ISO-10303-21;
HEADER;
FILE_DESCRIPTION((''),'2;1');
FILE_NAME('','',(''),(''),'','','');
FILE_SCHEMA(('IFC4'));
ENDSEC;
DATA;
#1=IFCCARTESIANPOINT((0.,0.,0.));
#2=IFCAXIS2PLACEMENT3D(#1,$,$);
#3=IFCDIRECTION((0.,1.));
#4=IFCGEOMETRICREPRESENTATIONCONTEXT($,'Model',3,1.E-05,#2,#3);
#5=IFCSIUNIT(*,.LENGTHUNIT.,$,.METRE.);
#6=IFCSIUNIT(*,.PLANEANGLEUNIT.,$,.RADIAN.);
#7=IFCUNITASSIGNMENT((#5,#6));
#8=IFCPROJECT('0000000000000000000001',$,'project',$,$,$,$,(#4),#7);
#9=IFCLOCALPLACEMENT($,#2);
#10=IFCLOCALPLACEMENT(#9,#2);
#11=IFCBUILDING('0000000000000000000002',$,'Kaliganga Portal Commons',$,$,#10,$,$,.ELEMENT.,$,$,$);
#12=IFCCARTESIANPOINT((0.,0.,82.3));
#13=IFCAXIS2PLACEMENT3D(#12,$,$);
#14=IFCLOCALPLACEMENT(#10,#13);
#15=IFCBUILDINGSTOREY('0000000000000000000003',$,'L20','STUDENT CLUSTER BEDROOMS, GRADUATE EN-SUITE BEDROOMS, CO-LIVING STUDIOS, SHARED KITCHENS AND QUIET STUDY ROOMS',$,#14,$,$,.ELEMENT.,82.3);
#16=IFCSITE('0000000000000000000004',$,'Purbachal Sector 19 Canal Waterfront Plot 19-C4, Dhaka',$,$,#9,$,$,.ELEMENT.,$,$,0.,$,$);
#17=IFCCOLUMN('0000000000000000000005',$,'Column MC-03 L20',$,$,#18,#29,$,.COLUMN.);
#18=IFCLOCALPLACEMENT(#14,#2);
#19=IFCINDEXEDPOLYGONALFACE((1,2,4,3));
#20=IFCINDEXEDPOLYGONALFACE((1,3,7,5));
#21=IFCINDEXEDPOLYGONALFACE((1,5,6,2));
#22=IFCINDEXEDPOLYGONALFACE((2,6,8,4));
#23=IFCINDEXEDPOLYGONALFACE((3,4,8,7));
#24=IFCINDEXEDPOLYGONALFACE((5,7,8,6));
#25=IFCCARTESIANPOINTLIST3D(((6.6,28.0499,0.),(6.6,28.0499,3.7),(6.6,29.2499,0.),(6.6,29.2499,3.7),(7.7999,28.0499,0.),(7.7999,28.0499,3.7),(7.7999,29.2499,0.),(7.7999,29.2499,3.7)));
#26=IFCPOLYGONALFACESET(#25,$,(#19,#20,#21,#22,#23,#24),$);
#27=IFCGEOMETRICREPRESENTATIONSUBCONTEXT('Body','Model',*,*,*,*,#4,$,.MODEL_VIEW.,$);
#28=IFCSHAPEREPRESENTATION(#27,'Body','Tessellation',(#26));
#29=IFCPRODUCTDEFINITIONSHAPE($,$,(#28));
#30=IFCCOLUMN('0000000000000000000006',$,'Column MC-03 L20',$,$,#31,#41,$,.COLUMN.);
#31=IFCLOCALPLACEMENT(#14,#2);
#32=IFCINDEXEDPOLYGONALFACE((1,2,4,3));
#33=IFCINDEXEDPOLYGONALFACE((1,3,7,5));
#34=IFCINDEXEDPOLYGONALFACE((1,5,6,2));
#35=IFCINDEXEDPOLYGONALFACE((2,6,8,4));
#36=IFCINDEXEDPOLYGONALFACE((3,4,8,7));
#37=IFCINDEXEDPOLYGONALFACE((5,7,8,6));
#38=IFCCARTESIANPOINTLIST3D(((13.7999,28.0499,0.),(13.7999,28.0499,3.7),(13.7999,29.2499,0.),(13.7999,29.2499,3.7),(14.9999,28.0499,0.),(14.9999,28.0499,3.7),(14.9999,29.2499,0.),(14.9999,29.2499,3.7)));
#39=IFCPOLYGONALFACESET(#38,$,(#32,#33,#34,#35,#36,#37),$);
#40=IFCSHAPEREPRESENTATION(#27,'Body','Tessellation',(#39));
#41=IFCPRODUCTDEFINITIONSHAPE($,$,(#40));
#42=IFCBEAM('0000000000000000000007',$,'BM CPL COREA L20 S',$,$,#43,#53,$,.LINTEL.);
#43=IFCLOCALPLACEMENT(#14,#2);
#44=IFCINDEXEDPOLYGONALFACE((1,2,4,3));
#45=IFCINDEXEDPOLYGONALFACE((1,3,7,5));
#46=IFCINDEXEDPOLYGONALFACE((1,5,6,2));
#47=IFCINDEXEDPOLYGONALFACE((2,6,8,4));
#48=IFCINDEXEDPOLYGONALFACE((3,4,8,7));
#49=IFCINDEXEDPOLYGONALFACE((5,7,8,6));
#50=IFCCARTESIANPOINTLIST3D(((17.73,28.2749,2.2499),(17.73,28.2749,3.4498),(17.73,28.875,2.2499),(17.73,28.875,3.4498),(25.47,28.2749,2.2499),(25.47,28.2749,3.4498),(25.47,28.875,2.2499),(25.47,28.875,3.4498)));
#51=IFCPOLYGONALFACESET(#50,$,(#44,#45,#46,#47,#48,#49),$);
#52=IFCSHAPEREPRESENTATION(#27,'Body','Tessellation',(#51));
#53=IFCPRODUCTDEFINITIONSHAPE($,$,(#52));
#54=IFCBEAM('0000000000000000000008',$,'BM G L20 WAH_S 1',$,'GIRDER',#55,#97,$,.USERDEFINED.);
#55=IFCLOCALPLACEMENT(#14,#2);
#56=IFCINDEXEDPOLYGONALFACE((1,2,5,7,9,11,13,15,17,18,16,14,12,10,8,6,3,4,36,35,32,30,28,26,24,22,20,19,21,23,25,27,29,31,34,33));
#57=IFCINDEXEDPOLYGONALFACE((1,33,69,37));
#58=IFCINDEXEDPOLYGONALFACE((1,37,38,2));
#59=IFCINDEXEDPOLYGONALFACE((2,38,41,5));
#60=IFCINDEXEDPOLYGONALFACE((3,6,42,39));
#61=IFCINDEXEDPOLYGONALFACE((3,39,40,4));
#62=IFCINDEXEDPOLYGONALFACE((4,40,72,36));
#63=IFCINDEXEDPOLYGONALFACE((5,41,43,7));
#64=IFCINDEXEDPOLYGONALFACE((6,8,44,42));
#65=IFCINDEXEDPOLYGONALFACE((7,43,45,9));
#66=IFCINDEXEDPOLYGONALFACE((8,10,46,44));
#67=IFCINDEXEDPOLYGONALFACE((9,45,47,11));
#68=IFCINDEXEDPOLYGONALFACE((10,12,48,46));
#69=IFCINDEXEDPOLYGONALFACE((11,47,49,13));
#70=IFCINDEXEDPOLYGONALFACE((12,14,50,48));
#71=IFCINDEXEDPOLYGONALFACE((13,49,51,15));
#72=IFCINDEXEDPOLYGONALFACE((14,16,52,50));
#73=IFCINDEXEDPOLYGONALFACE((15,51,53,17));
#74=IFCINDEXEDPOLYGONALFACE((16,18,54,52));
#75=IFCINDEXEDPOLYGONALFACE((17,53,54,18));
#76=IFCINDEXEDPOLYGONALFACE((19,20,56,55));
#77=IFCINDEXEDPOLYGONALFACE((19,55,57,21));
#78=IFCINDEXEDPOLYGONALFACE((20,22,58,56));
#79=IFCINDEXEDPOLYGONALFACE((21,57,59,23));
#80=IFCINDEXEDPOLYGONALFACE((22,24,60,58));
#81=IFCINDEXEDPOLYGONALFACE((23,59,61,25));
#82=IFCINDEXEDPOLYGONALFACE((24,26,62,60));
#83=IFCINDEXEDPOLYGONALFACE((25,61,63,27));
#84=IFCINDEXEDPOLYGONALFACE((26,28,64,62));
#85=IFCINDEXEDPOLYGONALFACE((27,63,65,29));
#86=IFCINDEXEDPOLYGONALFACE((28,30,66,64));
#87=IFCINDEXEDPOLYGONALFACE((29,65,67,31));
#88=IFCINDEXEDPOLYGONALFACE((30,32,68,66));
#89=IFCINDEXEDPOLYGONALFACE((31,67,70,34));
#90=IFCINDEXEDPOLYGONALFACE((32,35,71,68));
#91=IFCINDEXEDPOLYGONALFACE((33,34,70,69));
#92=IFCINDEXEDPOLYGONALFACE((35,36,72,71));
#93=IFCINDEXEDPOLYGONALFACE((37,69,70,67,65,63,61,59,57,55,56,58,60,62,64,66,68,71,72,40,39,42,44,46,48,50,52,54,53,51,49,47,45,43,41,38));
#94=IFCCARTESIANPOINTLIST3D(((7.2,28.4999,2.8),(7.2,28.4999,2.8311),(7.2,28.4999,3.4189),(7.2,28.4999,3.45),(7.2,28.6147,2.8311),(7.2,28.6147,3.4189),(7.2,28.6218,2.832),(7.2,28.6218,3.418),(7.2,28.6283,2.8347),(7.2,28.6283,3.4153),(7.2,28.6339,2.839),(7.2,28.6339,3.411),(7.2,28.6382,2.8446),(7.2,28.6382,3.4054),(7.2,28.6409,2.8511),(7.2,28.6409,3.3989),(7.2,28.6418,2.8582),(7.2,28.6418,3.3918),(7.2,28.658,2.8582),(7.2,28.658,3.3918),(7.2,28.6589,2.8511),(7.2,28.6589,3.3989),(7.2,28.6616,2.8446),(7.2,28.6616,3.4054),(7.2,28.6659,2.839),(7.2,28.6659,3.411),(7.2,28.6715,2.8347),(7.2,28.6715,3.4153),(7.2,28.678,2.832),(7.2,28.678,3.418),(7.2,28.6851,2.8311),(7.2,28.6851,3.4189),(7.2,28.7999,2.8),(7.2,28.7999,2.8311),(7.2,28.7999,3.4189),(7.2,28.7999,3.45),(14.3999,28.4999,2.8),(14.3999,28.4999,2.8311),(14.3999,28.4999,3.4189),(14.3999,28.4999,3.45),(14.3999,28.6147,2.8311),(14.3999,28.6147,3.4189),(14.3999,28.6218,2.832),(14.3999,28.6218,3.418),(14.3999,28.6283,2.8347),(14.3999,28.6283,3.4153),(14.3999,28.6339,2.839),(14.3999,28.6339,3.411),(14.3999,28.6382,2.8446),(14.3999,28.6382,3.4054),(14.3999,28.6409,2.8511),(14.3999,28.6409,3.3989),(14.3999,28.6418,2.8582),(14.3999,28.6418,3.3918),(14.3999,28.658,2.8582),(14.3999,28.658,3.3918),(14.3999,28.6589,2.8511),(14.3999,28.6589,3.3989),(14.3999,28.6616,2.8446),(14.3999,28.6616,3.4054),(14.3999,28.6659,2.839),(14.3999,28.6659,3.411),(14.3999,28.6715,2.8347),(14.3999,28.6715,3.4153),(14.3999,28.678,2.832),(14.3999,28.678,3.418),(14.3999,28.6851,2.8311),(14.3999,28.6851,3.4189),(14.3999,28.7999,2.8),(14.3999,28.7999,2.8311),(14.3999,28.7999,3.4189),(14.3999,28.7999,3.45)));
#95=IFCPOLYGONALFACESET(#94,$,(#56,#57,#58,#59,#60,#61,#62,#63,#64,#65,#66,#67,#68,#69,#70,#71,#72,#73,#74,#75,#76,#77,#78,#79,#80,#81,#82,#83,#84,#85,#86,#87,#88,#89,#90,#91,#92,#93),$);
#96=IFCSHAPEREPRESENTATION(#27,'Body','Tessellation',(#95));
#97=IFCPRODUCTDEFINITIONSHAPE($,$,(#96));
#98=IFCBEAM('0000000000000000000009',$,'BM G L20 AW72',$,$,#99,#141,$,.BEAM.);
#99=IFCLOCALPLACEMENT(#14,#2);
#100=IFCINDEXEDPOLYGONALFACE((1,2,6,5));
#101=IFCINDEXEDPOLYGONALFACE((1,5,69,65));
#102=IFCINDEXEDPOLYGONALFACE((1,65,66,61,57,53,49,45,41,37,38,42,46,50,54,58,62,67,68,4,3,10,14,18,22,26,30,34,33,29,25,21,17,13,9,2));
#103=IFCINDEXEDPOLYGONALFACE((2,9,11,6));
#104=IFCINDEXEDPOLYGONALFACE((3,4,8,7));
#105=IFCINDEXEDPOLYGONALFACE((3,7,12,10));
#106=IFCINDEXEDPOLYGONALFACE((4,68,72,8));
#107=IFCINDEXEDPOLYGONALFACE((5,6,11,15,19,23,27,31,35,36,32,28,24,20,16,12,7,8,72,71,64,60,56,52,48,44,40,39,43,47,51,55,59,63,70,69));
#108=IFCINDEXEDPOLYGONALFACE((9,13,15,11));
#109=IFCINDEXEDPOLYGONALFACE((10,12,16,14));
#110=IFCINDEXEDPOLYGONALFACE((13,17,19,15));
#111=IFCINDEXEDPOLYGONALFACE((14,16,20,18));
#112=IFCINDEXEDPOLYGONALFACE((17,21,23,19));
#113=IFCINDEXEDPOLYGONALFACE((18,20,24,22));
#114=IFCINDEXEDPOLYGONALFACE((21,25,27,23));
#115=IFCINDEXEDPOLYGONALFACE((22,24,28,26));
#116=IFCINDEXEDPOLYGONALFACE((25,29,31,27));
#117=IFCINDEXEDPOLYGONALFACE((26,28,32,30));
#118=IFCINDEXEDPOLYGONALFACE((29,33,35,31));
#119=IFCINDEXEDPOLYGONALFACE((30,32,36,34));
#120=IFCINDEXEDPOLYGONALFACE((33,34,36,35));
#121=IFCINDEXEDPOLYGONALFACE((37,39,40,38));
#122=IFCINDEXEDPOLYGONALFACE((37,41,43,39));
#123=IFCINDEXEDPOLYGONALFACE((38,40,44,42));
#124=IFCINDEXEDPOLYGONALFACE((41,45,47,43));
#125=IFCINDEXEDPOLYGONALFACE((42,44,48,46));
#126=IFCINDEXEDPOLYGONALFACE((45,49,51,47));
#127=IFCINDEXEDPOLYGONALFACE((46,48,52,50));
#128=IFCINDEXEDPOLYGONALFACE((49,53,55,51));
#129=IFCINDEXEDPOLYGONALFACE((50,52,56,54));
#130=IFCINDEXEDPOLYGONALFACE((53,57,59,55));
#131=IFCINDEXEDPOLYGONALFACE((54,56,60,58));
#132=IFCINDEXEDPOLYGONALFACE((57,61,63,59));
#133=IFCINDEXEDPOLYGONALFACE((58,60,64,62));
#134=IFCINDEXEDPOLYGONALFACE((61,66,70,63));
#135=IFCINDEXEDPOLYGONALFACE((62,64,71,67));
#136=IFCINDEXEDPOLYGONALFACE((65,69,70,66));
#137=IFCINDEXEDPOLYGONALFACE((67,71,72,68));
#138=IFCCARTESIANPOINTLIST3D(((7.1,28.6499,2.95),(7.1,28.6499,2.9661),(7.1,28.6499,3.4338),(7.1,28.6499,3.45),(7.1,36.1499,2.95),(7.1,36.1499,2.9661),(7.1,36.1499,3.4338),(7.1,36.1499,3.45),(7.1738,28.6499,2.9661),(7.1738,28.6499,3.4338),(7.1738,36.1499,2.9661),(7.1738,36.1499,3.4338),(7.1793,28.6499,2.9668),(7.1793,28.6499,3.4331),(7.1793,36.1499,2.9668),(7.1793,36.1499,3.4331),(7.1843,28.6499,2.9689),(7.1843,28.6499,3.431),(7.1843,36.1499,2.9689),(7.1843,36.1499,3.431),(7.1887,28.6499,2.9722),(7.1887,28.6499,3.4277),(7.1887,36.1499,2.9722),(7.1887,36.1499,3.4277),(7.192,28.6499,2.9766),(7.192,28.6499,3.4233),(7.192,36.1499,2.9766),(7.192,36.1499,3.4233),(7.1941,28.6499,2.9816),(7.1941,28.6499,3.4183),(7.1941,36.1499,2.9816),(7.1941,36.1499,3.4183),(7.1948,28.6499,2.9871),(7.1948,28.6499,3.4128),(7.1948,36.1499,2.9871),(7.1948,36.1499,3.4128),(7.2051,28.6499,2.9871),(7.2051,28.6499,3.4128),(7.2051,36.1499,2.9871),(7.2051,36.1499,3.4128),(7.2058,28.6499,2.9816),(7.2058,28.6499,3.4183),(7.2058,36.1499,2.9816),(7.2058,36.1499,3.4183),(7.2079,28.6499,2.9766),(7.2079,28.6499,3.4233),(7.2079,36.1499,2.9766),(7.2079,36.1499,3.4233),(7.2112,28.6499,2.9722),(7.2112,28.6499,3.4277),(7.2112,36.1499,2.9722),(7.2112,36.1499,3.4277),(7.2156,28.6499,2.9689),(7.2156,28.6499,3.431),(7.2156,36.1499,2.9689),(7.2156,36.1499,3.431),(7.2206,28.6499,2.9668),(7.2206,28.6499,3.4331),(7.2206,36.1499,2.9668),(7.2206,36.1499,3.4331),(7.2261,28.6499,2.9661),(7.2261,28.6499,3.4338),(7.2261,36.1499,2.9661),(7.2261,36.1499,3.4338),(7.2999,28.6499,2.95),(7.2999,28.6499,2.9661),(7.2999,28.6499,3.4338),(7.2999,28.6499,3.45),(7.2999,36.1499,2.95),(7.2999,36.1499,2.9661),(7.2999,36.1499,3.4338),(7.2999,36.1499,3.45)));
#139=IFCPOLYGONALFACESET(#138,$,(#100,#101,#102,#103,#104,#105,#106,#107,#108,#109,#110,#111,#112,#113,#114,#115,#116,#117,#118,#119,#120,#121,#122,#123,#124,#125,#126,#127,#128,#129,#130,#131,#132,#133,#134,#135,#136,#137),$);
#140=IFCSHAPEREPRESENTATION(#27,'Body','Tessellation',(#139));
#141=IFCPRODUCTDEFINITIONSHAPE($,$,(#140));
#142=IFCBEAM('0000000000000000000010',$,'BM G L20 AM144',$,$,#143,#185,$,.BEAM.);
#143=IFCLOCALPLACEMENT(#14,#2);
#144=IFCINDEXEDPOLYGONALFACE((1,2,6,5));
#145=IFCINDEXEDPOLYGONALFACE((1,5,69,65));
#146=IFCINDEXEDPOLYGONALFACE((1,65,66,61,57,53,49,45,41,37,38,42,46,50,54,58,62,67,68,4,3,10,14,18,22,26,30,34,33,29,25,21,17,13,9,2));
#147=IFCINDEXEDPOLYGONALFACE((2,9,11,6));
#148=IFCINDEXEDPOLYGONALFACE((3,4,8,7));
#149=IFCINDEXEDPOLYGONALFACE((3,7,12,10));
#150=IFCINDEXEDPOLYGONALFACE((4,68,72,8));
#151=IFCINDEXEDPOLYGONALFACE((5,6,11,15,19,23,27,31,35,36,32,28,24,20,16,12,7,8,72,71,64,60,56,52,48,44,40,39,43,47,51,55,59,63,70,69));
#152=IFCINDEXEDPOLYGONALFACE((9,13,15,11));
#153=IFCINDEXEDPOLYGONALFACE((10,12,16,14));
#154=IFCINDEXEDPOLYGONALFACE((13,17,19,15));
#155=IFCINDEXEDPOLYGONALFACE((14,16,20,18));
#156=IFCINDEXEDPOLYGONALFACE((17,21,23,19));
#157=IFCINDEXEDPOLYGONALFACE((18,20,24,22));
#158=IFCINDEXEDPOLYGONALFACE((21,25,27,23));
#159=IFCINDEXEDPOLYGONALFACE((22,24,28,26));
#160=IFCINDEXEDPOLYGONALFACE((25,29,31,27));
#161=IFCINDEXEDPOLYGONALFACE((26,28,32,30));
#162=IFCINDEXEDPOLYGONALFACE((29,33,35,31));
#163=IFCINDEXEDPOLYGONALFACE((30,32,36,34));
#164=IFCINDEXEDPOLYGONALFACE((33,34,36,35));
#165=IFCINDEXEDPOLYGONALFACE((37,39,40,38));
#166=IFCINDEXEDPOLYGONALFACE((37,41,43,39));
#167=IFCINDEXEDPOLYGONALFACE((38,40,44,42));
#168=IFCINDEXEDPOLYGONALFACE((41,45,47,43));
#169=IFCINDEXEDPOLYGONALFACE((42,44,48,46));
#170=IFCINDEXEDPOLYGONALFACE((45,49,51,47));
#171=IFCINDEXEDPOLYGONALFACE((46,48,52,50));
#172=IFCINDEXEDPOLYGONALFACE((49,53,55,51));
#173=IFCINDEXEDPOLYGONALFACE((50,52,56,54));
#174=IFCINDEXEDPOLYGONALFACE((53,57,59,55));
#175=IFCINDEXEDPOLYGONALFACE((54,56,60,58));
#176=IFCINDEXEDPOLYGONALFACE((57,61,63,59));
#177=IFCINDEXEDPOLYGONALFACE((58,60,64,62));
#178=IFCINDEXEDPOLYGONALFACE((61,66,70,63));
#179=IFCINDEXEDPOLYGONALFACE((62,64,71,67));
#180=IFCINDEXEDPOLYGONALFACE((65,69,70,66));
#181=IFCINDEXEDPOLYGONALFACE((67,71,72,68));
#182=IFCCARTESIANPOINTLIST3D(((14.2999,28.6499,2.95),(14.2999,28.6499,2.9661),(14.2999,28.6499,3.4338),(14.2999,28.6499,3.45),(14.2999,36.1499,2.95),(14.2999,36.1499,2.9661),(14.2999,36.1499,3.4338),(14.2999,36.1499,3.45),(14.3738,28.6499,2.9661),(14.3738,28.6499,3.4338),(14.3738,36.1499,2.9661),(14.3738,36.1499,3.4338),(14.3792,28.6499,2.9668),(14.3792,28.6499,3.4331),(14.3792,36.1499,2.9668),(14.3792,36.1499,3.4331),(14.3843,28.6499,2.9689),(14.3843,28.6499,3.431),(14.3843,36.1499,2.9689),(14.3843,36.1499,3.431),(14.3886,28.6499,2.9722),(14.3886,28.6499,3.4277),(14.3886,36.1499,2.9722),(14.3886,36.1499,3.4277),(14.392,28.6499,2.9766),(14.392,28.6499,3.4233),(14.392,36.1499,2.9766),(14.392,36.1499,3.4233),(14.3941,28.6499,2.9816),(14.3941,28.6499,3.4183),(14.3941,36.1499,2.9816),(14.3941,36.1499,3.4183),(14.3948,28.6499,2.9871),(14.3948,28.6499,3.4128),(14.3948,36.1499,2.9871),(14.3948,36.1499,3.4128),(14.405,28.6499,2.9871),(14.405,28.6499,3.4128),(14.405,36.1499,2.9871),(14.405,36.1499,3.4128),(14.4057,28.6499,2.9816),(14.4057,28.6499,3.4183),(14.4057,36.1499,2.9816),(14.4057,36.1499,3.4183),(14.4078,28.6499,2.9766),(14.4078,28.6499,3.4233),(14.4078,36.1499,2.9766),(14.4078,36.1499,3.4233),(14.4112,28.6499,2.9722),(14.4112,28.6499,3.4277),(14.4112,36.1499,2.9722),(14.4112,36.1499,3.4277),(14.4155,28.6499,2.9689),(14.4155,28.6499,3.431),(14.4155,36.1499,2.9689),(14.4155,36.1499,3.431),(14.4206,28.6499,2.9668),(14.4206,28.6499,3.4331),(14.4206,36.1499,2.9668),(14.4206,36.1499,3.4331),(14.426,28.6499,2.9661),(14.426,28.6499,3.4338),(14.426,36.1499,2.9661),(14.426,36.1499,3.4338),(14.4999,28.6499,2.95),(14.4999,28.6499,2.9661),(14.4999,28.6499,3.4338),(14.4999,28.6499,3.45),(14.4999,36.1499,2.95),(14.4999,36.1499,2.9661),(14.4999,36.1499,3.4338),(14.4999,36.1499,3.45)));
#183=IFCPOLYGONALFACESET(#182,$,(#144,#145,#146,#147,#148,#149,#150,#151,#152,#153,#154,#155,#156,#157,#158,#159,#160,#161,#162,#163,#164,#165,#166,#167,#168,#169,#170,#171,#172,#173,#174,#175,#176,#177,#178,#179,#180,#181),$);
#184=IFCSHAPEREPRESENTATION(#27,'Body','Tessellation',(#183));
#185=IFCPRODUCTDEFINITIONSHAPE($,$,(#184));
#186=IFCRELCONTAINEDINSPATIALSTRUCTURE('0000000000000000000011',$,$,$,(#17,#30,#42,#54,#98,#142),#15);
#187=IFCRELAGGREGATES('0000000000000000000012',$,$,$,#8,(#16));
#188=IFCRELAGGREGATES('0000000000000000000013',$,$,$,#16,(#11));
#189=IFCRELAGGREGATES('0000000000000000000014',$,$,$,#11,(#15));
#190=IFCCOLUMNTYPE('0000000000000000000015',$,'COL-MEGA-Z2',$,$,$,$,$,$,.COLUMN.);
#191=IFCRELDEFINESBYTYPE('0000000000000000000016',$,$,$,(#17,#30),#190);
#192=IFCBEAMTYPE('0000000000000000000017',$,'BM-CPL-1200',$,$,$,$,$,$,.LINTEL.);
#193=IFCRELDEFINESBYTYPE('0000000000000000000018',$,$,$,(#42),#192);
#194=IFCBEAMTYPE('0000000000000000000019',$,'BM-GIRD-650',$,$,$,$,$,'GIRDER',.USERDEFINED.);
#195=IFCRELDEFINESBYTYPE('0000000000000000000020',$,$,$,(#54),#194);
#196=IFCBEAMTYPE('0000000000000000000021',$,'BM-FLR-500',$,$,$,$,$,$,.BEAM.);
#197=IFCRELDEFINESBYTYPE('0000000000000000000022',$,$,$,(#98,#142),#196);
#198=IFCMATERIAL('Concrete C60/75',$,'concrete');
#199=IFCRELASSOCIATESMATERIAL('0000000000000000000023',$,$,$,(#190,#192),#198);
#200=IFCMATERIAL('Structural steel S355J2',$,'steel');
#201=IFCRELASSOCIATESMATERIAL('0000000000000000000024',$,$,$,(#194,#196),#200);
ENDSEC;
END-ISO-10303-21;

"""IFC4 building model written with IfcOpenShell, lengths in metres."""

from ifc_helpers import new_model, si_unit, direction, frame, origin, origin_2d, place, context, subcontext, project, spatial, rectangle, i_section, extrude, source, transform, mapped, material, material_profile, profile_set, type_object, element, save


model = new_model("IFC4")

# Units and contexts
model_context = context("Model", 3, precision=1e-05, world=origin(), true_north=direction((0.0, 1.0)))
body_context = subcontext(model_context, "Body", "Model", "MODEL_VIEW")
ifc_project = project(units=[si_unit("LENGTHUNIT", "METRE"), si_unit("PLANEANGLEUNIT", "RADIAN")], contexts=[model_context])

# Site, building, storey
site_placement = place(None, origin())
site = spatial("IfcSite", under=ifc_project, at=site_placement, Name="Purbachal Sector 19 Canal Waterfront Plot 19-C4, Dhaka", CompositionType="ELEMENT", RefElevation=0.0)
building_placement = place(site_placement, origin())
building = spatial("IfcBuilding", under=site, at=building_placement, Name="Kaliganga Portal Commons", CompositionType="ELEMENT")
storey_placement = place(building_placement, frame((0.0, 0.0, 82.3)))
storey = spatial("IfcBuildingStorey", under=building, at=storey_placement, Name="L20", Description="STUDENT CLUSTER BEDROOMS, GRADUATE EN-SUITE BEDROOMS, CO-LIVING STUDIOS, SHARED KITCHENS AND QUIET STUDY ROOMS", CompositionType="ELEMENT", Elevation=82.3)

# Columns
ifc_material_1 = material(Name="Concrete C60/75", Category="concrete")
ifc_material_profile_1 = material_profile(ifc_material_1, rectangle(XDim=1.2, YDim=1.2, at=origin_2d()), Name="RC 1200x1200")
ifc_profile_set_1 = profile_set([ifc_material_profile_1], Name="Concrete C60/75")
column_type = type_object("IfcColumnType", Name="COL-MEGA-Z2", PredefinedType="COLUMN", material=ifc_profile_set_1)
shared_shape_1 = source(origin(), body_context, "Body", "SweptSolid", [
    extrude(rectangle(XDim=1.2, YDim=1.2, at=origin_2d()), origin(), (0.0, 0.0, 1.0), 3.7),
])
for number, where, z_axis, x_axis, name in (
    (1, (7.2, 28.6499, 0.0), (0.0, 0.0, 1.0), (1.0, 0.0, 0.0), "Column MC-03 L20"),
    (2, (14.3999, 28.6499, 0.0), (0.0, 0.0, 1.0), (1.0, 0.0, 0.0), "Column MC-03 L20"),
):
    element("IfcColumn", number, at=place(storey_placement, frame(where, z_axis=z_axis, x_axis=x_axis)), inside=storey, type_object=column_type, Name=name, PredefinedType="COLUMN", context=body_context, shape_type="MappedRepresentation", body=[
        mapped(shared_shape_1, transform((0.0, 0.0, 0.0), x_axis=(1.0, 0.0, 0.0), y_axis=(0.0, 1.0, 0.0), z_axis=(0.0, 0.0, 1.0), scale=1.0)),
    ])

# Beams
ifc_material_profile_2 = material_profile(ifc_material_1, rectangle(XDim=0.6001, YDim=1.2, at=origin_2d()), Name="RC 600x1200")
ifc_profile_set_2 = profile_set([ifc_material_profile_2], Name="Concrete C60/75")
beam_type_1 = type_object("IfcBeamType", Name="BM-CPL-1200", PredefinedType="LINTEL", material=ifc_profile_set_2)
shared_shape_2 = source(origin(), body_context, "Body", "SweptSolid", [
    extrude(rectangle(XDim=0.6001, YDim=1.2, at=origin_2d()), origin(), (0.0, 0.0, 1.0), 7.74),
])
beam_1_placement = place(storey_placement, frame((17.73, 28.575, 2.8499), z_axis=(1.0, 0.0, 0.0), x_axis=(0.0, 1.0, 0.0)))
element("IfcBeam", 3, at=beam_1_placement, inside=storey, type_object=beam_type_1, Name="BM CPL COREA L20 S", PredefinedType="LINTEL", context=body_context, shape_type="MappedRepresentation", body=[
    mapped(shared_shape_2, transform((0.0, 0.0, 0.0), x_axis=(1.0, 0.0, 0.0), y_axis=(0.0, 1.0, 0.0), z_axis=(0.0, 0.0, 1.0), scale=1.0)),
])
ifc_material_2 = material(Name="Structural steel S355J2", Category="steel")
ifc_material_profile_3 = material_profile(ifc_material_2, i_section(OverallWidth=0.3, OverallDepth=0.6499, WebThickness=0.0161, FlangeThickness=0.031, FilletRadius=0.0271, at=origin_2d()), Name="HE 650 B")
ifc_profile_set_3 = profile_set([ifc_material_profile_3], Name="Structural steel S355J2 wide-flange")
beam_type_2 = type_object("IfcBeamType", Name="BM-GIRD-650", ElementType="GIRDER", PredefinedType="USERDEFINED", material=ifc_profile_set_3)
shared_shape_3 = source(origin(), body_context, "Body", "SweptSolid", [
    extrude(i_section(OverallWidth=0.3, OverallDepth=0.6499, WebThickness=0.0161, FlangeThickness=0.031, FilletRadius=0.0271, at=origin_2d()), origin(), (0.0, 0.0, 1.0), 7.2),
])
beam_2_placement = place(storey_placement, frame((7.2, 28.6499, 3.125), z_axis=(1.0, 0.0, 0.0), x_axis=(0.0, 1.0, 0.0)))
element("IfcBeam", 4, at=beam_2_placement, inside=storey, type_object=beam_type_2, Name="BM G L20 WAH_S 1", ObjectType="GIRDER", PredefinedType="USERDEFINED", context=body_context, shape_type="MappedRepresentation", body=[
    mapped(shared_shape_3, transform((0.0, 0.0, 0.0), x_axis=(1.0, 0.0, 0.0), y_axis=(0.0, 1.0, 0.0), z_axis=(0.0, 0.0, 1.0), scale=1.0)),
])
ifc_material_profile_4 = material_profile(ifc_material_2, i_section(OverallWidth=0.2, OverallDepth=0.5, WebThickness=0.0103, FlangeThickness=0.0161, FilletRadius=0.021, at=origin_2d()), Name="IPE 500")
ifc_profile_set_4 = profile_set([ifc_material_profile_4], Name="Structural steel S355J2 wide-flange")
beam_type_3 = type_object("IfcBeamType", Name="BM-FLR-500", PredefinedType="BEAM", material=ifc_profile_set_4)
shared_shape_4 = source(origin(), body_context, "Body", "SweptSolid", [
    extrude(i_section(OverallWidth=0.2, OverallDepth=0.5, WebThickness=0.0103, FlangeThickness=0.0161, FilletRadius=0.021, at=origin_2d()), origin(), (0.0, 0.0, 1.0), 7.5),
])
for number, where, z_axis, x_axis, name in (
    (5, (7.2, 28.6499, 3.2), (0.0, 1.0, 0.0), (-1.0, 0.0, 0.0), "BM G L20 AW72"),
    (6, (14.3999, 28.6499, 3.2), (0.0, 1.0, 0.0), (-1.0, 0.0, 0.0), "BM G L20 AM144"),
):
    element("IfcBeam", number, at=place(storey_placement, frame(where, z_axis=z_axis, x_axis=x_axis)), inside=storey, type_object=beam_type_3, Name=name, PredefinedType="BEAM", context=body_context, shape_type="MappedRepresentation", body=[
        mapped(shared_shape_4, transform((0.0, 0.0, 0.0), x_axis=(1.0, 0.0, 0.0), y_axis=(0.0, 1.0, 0.0), z_axis=(0.0, 0.0, 1.0), scale=1.0)),
    ])

save(model, "model.ifc")
